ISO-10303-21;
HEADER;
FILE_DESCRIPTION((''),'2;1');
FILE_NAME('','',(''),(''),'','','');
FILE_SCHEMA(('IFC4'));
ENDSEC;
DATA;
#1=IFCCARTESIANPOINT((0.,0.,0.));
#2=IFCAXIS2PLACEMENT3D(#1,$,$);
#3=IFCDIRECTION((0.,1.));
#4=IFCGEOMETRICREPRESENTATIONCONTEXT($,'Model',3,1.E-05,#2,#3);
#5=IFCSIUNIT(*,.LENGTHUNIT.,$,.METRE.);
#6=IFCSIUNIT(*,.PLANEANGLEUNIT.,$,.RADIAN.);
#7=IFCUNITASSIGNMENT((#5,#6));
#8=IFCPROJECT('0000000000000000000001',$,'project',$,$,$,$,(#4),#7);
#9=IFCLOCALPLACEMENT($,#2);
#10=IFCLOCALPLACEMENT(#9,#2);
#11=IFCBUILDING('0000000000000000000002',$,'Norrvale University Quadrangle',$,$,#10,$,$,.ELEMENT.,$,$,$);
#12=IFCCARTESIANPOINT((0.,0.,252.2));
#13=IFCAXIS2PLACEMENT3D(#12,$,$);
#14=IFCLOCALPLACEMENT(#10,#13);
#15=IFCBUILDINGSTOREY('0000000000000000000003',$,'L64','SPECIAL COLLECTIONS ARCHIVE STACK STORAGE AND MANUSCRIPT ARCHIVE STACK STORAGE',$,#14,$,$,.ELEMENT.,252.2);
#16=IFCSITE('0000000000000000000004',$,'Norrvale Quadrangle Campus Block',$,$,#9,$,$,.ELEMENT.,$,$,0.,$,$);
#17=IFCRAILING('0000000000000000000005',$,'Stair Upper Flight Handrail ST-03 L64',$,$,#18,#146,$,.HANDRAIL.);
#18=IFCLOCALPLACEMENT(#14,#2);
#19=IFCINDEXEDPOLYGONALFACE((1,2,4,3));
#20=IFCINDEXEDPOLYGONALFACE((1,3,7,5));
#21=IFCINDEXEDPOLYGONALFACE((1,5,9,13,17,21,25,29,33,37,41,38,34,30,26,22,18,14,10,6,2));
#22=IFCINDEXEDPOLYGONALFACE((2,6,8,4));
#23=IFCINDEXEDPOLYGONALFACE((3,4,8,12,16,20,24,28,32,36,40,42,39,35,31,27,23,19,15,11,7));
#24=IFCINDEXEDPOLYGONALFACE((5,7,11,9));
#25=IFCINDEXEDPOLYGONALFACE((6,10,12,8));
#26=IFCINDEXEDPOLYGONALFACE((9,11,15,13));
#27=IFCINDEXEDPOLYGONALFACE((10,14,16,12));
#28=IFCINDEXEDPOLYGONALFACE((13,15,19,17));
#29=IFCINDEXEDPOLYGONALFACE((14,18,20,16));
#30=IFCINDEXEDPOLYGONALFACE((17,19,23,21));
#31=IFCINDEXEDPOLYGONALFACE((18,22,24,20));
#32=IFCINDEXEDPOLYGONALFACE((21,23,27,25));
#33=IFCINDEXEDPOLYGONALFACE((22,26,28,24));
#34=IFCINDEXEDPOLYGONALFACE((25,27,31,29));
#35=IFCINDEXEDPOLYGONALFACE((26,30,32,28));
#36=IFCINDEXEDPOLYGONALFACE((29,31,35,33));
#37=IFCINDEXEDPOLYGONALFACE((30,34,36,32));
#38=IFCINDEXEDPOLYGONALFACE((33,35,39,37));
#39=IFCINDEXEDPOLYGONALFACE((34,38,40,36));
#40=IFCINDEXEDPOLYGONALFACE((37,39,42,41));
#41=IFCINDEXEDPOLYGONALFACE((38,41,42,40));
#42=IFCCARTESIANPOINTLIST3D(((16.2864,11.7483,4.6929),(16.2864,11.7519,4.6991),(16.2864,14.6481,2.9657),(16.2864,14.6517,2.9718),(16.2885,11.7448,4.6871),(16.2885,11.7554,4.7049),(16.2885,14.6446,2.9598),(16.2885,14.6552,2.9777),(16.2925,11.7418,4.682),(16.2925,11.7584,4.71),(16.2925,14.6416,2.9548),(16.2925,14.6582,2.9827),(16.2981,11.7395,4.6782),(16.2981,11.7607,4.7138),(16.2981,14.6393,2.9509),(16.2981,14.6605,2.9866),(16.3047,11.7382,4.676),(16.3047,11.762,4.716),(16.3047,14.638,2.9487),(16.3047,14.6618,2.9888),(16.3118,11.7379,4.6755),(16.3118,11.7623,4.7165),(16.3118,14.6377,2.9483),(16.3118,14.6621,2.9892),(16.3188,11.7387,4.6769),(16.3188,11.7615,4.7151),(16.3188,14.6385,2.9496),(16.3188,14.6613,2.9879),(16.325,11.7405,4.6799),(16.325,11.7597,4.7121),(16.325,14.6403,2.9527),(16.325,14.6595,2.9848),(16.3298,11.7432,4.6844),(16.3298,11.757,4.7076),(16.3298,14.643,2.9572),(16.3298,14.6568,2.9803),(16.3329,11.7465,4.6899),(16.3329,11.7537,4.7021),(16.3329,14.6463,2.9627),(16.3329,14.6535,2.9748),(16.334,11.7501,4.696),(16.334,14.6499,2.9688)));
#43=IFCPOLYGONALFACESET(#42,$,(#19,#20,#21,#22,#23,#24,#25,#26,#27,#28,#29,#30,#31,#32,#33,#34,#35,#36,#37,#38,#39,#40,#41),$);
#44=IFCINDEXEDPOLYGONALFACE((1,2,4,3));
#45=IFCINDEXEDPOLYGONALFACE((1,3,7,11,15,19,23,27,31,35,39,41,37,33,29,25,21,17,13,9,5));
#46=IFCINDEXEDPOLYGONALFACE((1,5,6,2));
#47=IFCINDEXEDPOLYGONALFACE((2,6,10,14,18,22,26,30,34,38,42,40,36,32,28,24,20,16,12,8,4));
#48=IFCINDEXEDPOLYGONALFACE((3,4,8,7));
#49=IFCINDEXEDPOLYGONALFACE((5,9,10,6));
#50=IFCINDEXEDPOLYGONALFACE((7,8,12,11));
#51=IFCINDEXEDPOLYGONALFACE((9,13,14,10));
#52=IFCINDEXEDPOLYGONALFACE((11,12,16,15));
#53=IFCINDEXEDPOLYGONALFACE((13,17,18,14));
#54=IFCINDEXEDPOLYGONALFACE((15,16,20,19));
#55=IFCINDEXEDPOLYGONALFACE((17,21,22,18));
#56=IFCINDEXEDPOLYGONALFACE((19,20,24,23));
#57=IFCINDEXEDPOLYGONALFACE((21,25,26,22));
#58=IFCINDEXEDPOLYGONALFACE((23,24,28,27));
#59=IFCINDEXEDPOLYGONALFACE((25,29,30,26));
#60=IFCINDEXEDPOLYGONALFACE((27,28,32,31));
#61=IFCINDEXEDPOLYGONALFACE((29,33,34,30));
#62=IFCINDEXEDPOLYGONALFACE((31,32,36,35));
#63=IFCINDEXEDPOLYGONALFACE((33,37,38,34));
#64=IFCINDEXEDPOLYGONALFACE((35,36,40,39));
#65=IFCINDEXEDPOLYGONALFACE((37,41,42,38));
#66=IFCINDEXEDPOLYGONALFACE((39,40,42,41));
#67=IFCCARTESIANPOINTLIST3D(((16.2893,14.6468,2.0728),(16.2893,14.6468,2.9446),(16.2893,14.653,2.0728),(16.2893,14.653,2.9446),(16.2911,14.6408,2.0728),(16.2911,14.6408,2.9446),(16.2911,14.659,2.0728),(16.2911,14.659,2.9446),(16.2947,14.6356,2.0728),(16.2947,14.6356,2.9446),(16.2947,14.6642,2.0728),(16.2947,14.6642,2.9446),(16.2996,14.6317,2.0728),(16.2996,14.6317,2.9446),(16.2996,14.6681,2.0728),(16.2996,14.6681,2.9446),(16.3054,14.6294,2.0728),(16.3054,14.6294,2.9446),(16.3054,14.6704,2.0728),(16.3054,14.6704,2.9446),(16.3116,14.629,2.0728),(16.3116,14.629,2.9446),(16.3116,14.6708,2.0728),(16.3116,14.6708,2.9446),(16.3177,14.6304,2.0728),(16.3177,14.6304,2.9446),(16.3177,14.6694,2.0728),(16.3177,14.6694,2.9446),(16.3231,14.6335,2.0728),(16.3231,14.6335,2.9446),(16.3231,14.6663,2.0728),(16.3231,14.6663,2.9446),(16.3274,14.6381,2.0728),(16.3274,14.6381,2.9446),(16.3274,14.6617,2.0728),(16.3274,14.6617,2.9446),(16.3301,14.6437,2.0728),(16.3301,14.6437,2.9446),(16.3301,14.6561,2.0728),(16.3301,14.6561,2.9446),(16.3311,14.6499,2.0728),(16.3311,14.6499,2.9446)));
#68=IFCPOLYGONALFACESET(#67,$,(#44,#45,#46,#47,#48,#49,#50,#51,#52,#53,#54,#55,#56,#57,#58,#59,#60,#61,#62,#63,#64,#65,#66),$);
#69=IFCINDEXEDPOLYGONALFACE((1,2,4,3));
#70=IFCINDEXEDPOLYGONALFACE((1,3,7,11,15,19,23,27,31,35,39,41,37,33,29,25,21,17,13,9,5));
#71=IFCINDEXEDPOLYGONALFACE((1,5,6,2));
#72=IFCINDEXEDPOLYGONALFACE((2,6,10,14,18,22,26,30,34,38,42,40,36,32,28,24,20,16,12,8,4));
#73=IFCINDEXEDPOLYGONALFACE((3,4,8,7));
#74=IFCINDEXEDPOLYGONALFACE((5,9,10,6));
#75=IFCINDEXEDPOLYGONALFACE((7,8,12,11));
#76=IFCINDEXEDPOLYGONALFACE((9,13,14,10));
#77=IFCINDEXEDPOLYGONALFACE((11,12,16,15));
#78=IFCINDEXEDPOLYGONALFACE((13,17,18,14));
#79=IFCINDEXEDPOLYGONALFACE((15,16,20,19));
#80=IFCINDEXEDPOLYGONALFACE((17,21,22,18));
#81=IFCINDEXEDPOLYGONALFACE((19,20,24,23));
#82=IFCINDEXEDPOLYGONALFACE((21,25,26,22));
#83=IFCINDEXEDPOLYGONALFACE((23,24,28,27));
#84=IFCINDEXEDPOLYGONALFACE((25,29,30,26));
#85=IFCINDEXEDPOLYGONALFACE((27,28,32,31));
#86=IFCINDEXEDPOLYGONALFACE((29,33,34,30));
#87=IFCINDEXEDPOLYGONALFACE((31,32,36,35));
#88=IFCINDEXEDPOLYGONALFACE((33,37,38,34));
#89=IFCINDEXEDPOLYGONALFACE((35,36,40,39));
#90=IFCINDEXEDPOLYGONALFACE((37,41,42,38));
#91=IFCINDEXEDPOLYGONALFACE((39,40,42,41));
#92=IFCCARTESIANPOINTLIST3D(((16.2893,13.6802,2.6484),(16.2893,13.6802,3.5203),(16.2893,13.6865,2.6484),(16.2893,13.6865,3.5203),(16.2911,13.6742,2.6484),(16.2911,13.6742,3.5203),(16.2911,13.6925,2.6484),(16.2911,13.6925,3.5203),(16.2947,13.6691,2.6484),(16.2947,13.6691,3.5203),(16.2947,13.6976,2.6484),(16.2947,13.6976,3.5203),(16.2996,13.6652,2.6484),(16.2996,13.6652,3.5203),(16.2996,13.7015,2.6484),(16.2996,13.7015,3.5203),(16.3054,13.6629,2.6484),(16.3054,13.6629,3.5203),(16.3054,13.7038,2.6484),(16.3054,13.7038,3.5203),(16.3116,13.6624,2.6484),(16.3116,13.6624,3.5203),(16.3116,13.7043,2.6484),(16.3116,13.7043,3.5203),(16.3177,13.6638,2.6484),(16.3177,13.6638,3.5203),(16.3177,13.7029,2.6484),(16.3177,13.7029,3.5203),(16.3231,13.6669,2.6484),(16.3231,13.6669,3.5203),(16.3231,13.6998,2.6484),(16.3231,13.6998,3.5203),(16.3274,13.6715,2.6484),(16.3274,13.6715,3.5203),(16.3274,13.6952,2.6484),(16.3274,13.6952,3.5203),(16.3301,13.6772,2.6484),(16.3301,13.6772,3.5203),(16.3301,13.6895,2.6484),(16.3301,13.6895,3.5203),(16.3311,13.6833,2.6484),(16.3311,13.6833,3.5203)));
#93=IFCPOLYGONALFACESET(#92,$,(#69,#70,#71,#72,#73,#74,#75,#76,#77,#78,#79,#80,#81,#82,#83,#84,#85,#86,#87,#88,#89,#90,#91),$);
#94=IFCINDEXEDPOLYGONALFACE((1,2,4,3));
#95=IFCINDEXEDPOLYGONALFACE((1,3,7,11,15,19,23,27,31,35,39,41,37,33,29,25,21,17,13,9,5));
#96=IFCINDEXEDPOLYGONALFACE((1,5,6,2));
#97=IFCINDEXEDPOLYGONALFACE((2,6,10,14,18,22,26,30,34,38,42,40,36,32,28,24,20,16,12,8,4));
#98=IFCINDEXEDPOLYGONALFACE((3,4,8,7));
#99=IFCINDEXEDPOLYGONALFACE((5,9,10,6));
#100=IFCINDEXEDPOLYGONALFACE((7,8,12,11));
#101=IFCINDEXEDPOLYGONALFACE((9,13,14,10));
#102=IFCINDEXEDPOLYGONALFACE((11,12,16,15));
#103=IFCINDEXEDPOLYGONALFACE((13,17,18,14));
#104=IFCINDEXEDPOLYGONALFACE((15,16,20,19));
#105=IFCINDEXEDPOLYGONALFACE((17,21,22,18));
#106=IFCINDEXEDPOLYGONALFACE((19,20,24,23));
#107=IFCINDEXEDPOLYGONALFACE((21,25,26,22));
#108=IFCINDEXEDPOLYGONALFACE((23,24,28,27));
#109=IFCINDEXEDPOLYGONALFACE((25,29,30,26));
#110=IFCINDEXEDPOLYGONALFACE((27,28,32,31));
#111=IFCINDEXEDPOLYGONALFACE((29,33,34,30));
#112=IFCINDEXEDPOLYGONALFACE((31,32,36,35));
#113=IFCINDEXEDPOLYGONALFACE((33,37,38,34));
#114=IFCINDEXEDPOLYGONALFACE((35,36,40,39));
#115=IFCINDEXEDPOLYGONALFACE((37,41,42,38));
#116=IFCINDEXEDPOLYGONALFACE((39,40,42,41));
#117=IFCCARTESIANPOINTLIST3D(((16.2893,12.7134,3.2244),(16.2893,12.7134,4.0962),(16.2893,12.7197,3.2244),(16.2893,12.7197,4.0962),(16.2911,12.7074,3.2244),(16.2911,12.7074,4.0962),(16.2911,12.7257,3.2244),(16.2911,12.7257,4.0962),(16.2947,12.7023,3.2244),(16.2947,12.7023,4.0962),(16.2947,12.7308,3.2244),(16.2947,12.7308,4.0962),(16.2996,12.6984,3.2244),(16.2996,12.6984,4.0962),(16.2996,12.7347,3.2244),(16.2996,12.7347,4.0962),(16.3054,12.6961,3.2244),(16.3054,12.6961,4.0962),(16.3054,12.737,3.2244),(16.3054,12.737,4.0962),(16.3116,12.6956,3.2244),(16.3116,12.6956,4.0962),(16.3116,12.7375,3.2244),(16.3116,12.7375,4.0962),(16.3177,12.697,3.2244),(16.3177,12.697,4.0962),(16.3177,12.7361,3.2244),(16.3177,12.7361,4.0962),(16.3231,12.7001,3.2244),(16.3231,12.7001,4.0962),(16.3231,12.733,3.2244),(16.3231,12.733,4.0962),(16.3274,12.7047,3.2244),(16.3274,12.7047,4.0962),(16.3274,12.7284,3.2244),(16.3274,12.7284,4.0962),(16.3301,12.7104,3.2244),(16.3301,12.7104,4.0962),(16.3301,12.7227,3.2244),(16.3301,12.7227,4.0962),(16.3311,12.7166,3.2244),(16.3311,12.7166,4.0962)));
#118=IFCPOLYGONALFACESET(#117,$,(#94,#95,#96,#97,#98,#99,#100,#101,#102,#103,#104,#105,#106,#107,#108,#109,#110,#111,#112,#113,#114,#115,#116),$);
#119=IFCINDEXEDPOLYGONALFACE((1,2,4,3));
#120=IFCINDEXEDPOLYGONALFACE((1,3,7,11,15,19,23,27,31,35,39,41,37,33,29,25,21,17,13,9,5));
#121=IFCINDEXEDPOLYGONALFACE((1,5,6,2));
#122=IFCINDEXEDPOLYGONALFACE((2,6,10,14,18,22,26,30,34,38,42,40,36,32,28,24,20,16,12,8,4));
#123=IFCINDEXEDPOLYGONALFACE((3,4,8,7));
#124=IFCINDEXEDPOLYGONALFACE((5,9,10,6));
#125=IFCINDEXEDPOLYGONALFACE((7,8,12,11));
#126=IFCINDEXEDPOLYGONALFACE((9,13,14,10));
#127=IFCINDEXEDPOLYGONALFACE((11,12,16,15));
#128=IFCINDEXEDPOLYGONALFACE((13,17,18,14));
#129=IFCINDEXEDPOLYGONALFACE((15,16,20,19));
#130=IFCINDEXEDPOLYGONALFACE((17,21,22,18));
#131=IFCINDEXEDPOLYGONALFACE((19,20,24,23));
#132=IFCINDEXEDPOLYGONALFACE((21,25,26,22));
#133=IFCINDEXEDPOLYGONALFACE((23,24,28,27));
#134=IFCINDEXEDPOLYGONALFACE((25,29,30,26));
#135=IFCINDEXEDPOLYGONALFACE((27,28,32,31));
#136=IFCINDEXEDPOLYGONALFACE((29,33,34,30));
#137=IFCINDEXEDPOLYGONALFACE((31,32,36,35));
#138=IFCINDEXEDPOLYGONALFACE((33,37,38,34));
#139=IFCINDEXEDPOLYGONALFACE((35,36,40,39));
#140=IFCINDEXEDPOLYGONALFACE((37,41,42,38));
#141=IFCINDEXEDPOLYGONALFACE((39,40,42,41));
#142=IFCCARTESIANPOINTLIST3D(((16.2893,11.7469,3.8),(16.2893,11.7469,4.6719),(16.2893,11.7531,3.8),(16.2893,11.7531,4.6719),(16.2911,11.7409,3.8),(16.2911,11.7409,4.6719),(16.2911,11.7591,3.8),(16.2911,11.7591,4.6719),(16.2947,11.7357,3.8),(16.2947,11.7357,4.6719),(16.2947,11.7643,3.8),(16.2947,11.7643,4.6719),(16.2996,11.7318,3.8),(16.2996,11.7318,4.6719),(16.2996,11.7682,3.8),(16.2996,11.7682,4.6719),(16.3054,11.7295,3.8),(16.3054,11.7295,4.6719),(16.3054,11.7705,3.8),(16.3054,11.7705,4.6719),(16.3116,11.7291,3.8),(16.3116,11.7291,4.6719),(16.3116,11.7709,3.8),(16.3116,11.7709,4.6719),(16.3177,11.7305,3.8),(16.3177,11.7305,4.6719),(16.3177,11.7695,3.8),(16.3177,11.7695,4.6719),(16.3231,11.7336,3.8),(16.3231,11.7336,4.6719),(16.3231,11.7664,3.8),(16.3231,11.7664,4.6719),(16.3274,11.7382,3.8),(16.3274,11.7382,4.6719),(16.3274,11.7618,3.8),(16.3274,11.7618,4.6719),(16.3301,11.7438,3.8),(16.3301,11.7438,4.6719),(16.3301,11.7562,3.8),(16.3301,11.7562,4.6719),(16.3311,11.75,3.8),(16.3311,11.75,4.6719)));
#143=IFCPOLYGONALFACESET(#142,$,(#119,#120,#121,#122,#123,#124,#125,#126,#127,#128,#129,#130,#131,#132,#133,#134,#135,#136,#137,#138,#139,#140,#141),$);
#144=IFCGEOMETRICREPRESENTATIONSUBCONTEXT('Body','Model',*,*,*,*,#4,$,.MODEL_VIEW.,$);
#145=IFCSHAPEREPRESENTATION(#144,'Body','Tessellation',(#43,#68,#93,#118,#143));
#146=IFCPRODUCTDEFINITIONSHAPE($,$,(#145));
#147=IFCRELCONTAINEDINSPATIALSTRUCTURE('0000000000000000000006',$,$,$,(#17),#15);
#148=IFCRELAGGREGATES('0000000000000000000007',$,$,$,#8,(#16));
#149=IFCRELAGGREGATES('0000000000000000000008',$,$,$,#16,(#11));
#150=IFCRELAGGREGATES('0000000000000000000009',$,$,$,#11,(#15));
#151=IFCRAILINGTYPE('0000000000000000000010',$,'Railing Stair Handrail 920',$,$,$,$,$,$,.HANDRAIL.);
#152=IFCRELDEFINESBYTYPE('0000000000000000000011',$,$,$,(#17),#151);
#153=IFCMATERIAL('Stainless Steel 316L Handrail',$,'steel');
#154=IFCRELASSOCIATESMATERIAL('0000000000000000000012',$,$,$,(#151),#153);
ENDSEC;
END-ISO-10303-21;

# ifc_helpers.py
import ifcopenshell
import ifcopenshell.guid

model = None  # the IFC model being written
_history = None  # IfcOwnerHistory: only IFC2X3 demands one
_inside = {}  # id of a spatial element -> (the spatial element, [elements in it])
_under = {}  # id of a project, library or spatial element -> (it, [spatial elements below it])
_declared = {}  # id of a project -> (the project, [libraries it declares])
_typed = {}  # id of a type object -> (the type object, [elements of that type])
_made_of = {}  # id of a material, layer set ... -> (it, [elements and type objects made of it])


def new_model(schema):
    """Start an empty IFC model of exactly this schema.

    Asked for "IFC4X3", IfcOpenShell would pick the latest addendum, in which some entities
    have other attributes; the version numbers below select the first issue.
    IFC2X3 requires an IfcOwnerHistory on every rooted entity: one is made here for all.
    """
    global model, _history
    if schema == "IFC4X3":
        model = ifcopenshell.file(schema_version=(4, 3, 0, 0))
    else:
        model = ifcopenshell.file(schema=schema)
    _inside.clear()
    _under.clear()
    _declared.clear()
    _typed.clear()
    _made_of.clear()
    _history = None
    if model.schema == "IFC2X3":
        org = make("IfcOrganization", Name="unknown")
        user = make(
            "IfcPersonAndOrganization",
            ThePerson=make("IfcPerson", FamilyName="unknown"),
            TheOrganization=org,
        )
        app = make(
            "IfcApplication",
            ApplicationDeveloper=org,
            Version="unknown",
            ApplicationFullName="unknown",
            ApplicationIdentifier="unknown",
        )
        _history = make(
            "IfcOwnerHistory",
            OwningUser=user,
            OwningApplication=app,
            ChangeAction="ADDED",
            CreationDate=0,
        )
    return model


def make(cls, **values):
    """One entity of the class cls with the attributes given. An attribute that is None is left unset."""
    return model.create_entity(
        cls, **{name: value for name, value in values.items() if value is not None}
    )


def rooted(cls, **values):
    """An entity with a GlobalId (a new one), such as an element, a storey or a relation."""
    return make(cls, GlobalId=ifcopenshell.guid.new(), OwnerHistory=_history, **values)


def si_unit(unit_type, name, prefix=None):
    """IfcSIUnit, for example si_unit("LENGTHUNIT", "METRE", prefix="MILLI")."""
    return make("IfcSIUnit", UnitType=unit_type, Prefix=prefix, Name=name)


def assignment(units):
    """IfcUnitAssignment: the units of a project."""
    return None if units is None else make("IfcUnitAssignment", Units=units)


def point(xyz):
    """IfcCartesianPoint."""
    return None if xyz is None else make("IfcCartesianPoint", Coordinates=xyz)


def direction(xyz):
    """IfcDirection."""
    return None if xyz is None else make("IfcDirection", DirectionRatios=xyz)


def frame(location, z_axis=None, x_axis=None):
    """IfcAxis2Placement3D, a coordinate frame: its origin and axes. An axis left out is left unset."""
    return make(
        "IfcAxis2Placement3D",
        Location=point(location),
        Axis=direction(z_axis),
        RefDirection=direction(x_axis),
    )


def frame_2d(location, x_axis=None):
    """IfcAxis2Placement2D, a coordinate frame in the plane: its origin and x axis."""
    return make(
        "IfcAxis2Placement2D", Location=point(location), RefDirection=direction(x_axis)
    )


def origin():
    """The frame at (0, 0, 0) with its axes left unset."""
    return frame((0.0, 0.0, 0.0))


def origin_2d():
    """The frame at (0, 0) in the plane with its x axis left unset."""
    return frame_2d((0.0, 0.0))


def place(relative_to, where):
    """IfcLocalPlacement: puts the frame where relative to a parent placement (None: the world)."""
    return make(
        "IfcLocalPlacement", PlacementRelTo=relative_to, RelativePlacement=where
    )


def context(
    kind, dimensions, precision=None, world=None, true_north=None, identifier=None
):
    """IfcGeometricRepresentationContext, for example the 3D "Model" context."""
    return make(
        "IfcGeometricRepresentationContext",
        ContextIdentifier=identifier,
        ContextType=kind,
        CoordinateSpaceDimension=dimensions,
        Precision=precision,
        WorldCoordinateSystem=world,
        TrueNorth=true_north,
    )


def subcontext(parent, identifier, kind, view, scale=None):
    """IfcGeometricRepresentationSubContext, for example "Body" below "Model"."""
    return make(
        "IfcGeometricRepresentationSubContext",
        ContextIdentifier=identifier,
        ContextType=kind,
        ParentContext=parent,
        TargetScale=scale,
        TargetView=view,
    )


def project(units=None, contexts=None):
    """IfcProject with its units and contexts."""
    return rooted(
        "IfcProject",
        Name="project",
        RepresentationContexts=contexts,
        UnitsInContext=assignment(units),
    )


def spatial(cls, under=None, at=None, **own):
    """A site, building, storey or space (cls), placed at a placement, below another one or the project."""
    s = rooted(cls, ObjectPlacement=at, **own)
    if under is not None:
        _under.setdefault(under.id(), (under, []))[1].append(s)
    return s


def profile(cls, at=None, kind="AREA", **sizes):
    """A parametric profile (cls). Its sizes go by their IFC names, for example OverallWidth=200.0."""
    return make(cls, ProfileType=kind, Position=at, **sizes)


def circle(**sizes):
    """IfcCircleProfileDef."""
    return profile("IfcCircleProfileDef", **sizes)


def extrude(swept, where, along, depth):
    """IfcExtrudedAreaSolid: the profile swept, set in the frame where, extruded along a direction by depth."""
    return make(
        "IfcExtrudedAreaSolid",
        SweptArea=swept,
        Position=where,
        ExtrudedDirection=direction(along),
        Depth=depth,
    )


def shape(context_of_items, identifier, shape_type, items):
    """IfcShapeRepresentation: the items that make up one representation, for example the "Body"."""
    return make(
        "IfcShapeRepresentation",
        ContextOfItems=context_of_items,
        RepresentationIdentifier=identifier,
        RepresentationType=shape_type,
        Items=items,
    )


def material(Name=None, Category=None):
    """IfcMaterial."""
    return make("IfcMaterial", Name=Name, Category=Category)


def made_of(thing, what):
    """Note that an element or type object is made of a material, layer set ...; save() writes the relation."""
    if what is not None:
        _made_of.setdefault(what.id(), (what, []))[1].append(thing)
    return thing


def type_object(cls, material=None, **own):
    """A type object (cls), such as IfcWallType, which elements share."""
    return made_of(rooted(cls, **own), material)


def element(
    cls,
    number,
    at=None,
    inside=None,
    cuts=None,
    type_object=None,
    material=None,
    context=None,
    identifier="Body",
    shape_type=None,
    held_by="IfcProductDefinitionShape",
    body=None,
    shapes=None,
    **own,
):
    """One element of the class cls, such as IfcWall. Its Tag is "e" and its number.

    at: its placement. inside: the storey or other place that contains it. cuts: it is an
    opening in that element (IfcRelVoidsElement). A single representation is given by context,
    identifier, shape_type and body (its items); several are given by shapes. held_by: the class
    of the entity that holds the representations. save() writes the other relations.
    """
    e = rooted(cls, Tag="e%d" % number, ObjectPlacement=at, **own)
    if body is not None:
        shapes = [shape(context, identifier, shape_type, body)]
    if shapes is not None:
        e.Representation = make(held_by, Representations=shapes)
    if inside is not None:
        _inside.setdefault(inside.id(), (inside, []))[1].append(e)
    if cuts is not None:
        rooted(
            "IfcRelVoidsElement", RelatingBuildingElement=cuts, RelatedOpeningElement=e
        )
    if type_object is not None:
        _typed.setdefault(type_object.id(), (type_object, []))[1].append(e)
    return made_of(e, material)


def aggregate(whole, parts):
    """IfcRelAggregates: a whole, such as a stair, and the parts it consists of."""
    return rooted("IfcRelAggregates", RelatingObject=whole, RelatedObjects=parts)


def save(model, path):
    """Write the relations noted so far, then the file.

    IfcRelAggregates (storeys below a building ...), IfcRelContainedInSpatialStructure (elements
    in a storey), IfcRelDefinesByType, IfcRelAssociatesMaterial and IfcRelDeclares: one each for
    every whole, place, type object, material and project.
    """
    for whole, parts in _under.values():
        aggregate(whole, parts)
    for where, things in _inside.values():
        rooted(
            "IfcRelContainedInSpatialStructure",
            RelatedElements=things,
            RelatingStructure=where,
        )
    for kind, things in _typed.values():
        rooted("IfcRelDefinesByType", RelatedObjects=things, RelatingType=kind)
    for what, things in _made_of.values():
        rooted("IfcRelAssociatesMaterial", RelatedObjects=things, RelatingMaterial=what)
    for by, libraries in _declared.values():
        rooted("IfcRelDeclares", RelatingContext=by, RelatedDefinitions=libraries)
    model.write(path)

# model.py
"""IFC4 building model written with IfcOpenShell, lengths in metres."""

from ifc_helpers import new_model, si_unit, direction, frame, origin, origin_2d, place, context, subcontext, project, spatial, circle, extrude, material, type_object, element, save


model = new_model("IFC4")

# Units and contexts
model_context = context("Model", 3, precision=1e-05, world=origin(), true_north=direction((0.0, 1.0)))
body_context = subcontext(model_context, "Body", "Model", "MODEL_VIEW")
ifc_project = project(units=[si_unit("LENGTHUNIT", "METRE"), si_unit("PLANEANGLEUNIT", "RADIAN")], contexts=[model_context])

# Site, building, storey
site_placement = place(None, origin())
site = spatial("IfcSite", under=ifc_project, at=site_placement, Name="Norrvale Quadrangle Campus Block", CompositionType="ELEMENT", RefElevation=0.0)
building_placement = place(site_placement, origin())
building = spatial("IfcBuilding", under=site, at=building_placement, Name="Norrvale University Quadrangle", CompositionType="ELEMENT")
storey_placement = place(building_placement, frame((0.0, 0.0, 252.2)))
storey = spatial("IfcBuildingStorey", under=building, at=storey_placement, Name="L64", Description="SPECIAL COLLECTIONS ARCHIVE STACK STORAGE AND MANUSCRIPT ARCHIVE STACK STORAGE", CompositionType="ELEMENT", Elevation=252.2)

# Railing
ifc_material_1 = material(Name="Stainless Steel 316L Handrail", Category="steel")
railing_type_1 = type_object("IfcRailingType", Name="Railing Stair Handrail 920", PredefinedType="HANDRAIL", material=ifc_material_1)
railing_1_placement = place(storey_placement, frame((16.3101, 14.6499, 2.0728)))
element("IfcRailing", 1, at=railing_1_placement, inside=storey, type_object=railing_type_1, Name="Stair Upper Flight Handrail ST-03 L64", PredefinedType="HANDRAIL", context=body_context, shape_type="SweptSolid", body=[
    extrude(circle(Radius=0.0239, at=origin_2d()), frame((0.0, 0.0, 0.896), z_axis=(0.0, -0.859141, 0.511738), x_axis=(1.0, 0.0, 0.0)), (0.0, 0.0, 1.0), 3.3752),
    extrude(circle(Radius=0.021, at=origin_2d()), origin(), (0.0, 0.0, 1.0), 0.8718),
    extrude(circle(Radius=0.021, at=origin_2d()), frame((0.0, -0.9666, 0.5757)), (0.0, 0.0, 1.0), 0.8718),
    extrude(circle(Radius=0.021, at=origin_2d()), frame((0.0, -1.9333, 1.1516)), (0.0, 0.0, 1.0), 0.8718),
    extrude(circle(Radius=0.021, at=origin_2d()), frame((0.0, -2.8999, 1.7273)), (0.0, 0.0, 1.0), 0.8718),
])

save(model, "model.ifc")
